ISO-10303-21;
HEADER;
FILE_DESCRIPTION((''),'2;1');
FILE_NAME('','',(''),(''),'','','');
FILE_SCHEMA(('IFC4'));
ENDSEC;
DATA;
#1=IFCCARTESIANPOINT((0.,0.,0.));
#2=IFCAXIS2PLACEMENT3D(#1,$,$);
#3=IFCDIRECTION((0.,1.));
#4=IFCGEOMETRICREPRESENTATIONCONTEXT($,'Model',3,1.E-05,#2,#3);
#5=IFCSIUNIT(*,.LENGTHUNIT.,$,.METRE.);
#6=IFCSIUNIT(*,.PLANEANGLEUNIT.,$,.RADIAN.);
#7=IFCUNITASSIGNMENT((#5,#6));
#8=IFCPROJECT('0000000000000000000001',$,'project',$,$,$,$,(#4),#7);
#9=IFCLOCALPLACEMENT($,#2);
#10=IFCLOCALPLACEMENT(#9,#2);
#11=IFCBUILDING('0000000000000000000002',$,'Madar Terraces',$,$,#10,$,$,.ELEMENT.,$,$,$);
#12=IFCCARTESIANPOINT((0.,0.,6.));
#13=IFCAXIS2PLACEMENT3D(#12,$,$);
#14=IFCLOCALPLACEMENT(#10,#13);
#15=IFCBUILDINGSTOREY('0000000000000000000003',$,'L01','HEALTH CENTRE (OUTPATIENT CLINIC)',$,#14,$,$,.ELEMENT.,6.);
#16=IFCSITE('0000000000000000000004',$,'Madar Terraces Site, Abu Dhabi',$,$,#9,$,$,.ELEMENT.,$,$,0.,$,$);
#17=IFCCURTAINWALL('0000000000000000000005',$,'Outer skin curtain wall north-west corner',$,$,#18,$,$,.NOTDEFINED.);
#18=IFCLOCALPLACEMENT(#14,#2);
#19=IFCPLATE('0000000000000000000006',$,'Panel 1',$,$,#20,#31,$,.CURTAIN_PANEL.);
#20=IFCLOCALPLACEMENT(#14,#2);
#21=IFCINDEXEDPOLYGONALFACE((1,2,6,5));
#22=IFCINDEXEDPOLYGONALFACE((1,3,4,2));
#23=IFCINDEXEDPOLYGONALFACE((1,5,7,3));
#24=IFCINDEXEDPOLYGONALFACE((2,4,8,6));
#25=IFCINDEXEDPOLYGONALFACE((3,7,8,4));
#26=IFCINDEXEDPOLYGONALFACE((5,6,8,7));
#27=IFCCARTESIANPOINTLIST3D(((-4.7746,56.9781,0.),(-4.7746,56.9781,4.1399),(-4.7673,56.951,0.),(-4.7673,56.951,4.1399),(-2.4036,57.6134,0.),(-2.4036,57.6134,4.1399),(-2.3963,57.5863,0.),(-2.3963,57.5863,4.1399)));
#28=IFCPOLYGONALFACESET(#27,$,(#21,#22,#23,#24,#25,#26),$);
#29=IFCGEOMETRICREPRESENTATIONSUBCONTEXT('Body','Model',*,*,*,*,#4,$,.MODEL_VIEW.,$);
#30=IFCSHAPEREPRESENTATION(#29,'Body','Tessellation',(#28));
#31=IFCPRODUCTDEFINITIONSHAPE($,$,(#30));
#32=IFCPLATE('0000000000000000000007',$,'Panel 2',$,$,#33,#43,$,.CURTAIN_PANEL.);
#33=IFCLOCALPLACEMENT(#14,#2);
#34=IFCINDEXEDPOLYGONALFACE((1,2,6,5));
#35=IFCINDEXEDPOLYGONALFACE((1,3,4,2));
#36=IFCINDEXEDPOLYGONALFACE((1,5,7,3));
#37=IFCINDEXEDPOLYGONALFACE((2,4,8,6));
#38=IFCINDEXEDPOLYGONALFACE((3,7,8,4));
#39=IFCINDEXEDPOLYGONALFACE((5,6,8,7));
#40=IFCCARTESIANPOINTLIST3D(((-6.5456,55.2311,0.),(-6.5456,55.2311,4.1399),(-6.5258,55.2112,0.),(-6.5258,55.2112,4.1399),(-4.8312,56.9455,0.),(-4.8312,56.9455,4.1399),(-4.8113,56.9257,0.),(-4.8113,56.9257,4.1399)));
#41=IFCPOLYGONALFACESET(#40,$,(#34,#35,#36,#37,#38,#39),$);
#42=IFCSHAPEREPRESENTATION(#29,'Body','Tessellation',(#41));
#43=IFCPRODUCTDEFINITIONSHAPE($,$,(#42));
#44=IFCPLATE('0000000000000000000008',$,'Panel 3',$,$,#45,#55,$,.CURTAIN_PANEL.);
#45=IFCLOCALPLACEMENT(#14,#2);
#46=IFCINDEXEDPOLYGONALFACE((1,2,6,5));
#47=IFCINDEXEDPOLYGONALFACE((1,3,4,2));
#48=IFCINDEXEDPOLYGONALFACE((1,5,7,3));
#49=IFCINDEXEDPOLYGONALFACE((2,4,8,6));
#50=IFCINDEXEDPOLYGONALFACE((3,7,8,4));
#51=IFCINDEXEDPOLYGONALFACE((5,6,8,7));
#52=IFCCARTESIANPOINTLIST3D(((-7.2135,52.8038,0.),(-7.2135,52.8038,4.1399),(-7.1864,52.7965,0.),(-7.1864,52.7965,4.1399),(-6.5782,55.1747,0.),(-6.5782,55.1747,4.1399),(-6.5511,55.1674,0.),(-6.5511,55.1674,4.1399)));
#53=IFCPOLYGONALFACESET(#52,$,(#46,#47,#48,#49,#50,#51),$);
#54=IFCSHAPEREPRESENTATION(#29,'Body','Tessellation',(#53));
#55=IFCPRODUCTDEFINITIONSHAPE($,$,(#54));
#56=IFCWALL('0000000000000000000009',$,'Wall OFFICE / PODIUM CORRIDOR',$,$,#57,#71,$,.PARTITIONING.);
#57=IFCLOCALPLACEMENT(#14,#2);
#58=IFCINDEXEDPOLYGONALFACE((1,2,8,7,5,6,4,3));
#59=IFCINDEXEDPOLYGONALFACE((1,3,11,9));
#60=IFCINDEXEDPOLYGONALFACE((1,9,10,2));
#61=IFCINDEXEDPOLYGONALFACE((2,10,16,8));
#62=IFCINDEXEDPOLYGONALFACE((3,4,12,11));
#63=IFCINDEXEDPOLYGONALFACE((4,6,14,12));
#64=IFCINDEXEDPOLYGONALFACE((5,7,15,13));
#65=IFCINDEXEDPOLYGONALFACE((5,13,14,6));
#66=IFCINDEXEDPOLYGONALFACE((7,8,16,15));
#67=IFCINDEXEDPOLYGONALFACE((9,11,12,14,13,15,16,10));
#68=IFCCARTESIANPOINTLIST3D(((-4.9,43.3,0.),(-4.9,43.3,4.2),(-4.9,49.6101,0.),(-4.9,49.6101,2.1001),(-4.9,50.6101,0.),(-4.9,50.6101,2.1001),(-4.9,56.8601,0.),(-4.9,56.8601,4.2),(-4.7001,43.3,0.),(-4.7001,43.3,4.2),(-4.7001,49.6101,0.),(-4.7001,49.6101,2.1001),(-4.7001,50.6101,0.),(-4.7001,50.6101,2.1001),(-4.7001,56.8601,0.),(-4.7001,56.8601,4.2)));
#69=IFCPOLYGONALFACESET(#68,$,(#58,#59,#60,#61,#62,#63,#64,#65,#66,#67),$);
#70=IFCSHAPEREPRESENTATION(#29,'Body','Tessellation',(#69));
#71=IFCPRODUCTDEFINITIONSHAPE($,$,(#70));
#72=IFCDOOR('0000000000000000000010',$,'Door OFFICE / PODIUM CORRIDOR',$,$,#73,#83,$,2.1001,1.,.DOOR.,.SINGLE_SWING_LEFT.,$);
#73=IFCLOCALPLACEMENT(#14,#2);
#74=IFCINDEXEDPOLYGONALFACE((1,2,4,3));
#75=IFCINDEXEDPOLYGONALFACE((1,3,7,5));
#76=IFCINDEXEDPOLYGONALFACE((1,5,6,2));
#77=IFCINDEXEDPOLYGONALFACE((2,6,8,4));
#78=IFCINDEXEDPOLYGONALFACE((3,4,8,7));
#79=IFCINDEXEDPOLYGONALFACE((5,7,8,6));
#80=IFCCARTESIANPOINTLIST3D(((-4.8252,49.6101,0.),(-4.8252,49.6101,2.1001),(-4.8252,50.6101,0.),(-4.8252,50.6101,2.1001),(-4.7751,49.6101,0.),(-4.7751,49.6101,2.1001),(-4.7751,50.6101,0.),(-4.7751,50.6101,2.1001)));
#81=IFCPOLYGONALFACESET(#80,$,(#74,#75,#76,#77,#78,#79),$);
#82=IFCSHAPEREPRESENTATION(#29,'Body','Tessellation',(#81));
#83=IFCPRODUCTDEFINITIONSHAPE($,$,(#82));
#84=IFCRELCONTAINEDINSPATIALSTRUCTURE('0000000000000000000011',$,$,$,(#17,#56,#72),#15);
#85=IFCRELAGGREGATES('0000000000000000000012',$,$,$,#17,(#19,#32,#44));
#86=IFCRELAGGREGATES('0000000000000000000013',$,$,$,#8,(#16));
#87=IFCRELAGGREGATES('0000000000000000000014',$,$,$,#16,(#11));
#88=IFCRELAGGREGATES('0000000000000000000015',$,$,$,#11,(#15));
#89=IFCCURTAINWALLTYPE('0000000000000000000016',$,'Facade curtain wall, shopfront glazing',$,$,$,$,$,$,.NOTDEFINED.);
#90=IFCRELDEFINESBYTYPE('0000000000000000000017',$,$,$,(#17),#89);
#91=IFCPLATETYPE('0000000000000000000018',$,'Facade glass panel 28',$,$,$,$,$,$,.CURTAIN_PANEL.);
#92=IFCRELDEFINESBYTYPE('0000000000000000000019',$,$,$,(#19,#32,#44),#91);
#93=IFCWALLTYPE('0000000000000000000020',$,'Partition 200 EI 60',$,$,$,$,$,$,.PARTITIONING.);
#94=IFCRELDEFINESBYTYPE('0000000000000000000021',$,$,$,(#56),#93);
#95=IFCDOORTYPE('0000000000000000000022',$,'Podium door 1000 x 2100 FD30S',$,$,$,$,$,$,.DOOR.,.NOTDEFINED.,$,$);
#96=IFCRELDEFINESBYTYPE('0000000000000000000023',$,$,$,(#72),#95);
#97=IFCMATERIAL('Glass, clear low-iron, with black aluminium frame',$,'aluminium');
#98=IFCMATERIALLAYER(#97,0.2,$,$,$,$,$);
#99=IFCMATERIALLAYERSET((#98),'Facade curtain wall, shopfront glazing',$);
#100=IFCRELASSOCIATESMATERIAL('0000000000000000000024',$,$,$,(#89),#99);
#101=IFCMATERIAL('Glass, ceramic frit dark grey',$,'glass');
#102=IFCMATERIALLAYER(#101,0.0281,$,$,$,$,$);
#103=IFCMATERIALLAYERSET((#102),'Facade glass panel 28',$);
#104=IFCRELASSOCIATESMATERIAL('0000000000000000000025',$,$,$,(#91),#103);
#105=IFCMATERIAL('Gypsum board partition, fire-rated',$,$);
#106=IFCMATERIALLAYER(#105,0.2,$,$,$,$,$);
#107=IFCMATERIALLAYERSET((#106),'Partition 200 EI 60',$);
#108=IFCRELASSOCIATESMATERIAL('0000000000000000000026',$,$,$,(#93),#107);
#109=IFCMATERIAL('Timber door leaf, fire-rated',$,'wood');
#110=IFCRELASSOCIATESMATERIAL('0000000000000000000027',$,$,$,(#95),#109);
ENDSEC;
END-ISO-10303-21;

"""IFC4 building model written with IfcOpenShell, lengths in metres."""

from ifc_helpers import new_model, si_unit, direction, frame, frame_2d, origin, origin_2d, place, context, subcontext, project, spatial, rectangle, extrude, material, layer, layer_set, type_object, element, fill, aggregate, save


model = new_model("IFC4")

# Units and contexts
model_context = context("Model", 3, precision=1e-05, world=origin(), true_north=direction((0.0, 1.0)))
body_context = subcontext(model_context, "Body", "Model", "MODEL_VIEW")
ifc_project = project(units=[si_unit("LENGTHUNIT", "METRE"), si_unit("PLANEANGLEUNIT", "RADIAN")], contexts=[model_context])

# Site, building, storey
site_placement = place(None, origin())
site = spatial("IfcSite", under=ifc_project, at=site_placement, Name="Madar Terraces Site, Abu Dhabi", CompositionType="ELEMENT", RefElevation=0.0)
building_placement = place(site_placement, origin())
building = spatial("IfcBuilding", under=site, at=building_placement, Name="Madar Terraces", CompositionType="ELEMENT")
storey_placement = place(building_placement, frame((0.0, 0.0, 6.0)))
storey = spatial("IfcBuildingStorey", under=building, at=storey_placement, Name="L01", Description="HEALTH CENTRE (OUTPATIENT CLINIC)", CompositionType="ELEMENT", Elevation=6.0)

# Shared definitions
ifc_material_1 = material(Name="Glass, clear low-iron, with black aluminium frame", Category="aluminium")
ifc_layer_1 = layer(ifc_material_1, 0.2)
ifc_layer_set_1 = layer_set([ifc_layer_1], Name="Facade curtain wall, shopfront glazing")
curtain_wall_type = type_object("IfcCurtainWallType", Name="Facade curtain wall, shopfront glazing", PredefinedType="NOTDEFINED", material=ifc_layer_set_1)

# Curtain wall
curtain_wall_1_placement = place(storey_placement, origin())
curtain_wall_1 = element("IfcCurtainWall", 1, at=curtain_wall_1_placement, inside=storey, type_object=curtain_wall_type, Name="Outer skin curtain wall north-west corner", PredefinedType="NOTDEFINED")

# Plates
ifc_material_2 = material(Name="Glass, ceramic frit dark grey", Category="glass")
ifc_layer_2 = layer(ifc_material_2, 0.0281)
ifc_layer_set_2 = layer_set([ifc_layer_2], Name="Facade glass panel 28")
plate_type = type_object("IfcPlateType", Name="Facade glass panel 28", PredefinedType="CURTAIN_PANEL", material=ifc_layer_set_2)
plate_1_placement = place(storey_placement, frame((-3.5854, 57.2822, 0.0), z_axis=(0.0, 0.0, 1.0), x_axis=(-0.965926, -0.258819, 0.0)))
plate_1 = element("IfcPlate", 2, at=plate_1_placement, type_object=plate_type, Name="Panel 1", PredefinedType="CURTAIN_PANEL", context=body_context, shape_type="SweptSolid", body=[
    extrude(rectangle(XDim=2.4546, YDim=0.0281, at=origin_2d()), origin(), (0.0, 0.0, 1.0), 4.1399),
])
plate_2_placement = place(storey_placement, frame((-5.6785, 56.0784, 0.0), z_axis=(0.0, 0.0, 1.0), x_axis=(-0.707107, -0.707107, 0.0)))
plate_2 = element("IfcPlate", 3, at=plate_2_placement, type_object=plate_type, Name="Panel 2", PredefinedType="CURTAIN_PANEL", context=body_context, shape_type="SweptSolid", body=[
    extrude(rectangle(XDim=2.4246, YDim=0.0281, at=origin_2d()), origin(), (0.0, 0.0, 1.0), 4.1399),
])
plate_3_placement = place(storey_placement, frame((-6.8823, 53.9856, 0.0), z_axis=(0.0, 0.0, 1.0), x_axis=(-0.258819, -0.965926, 0.0)))
plate_3 = element("IfcPlate", 4, at=plate_3_placement, type_object=plate_type, Name="Panel 3", PredefinedType="CURTAIN_PANEL", context=body_context, shape_type="SweptSolid", body=[
    extrude(rectangle(XDim=2.4546, YDim=0.0281, at=origin_2d()), origin(), (0.0, 0.0, 1.0), 4.1399),
])
aggregate(curtain_wall_1, [plate_1, plate_2, plate_3])

# Wall, opening, door
ifc_material_3 = material(Name="Gypsum board partition, fire-rated")
ifc_layer_3 = layer(ifc_material_3, 0.2)
ifc_layer_set_3 = layer_set([ifc_layer_3], Name="Partition 200 EI 60")
wall_type = type_object("IfcWallType", Name="Partition 200 EI 60", PredefinedType="PARTITIONING", material=ifc_layer_set_3)
wall_placement = place(storey_placement, frame((-4.8, 56.8601, 0.0), z_axis=(0.0, 0.0, 1.0), x_axis=(0.0, -1.0, 0.0)))
wall = element("IfcWall", 5, at=wall_placement, inside=storey, type_object=wall_type, Name="Wall OFFICE / PODIUM CORRIDOR", PredefinedType="PARTITIONING", context=body_context, shape_type="SweptSolid", body=[
    extrude(rectangle(XDim=13.5601, YDim=0.2, at=frame_2d((6.78, 0.0))), origin(), (0.0, 0.0, 1.0), 4.2),
])
opening_placement = place(wall_placement, frame((6.25, 0.0, 0.0)))
opening = element("IfcOpeningElement", 6, at=opening_placement, cuts=wall, PredefinedType="OPENING", context=body_context, shape_type="SweptSolid", body=[
    extrude(rectangle(XDim=1.0, YDim=2.1001, at=frame_2d((0.5, 1.05))), frame((0.0, 0.1099, 0.0), z_axis=(0.0, -1.0, 0.0), x_axis=(1.0, 0.0, 0.0)), (0.0, 0.0, 1.0), 0.22),
])
ifc_material_4 = material(Name="Timber door leaf, fire-rated", Category="wood")
door_type = type_object("IfcDoorType", Name="Podium door 1000 x 2100 FD30S", OperationType="NOTDEFINED", PredefinedType="DOOR", material=ifc_material_4)
door_placement = place(opening_placement, origin())
door = element("IfcDoor", 7, at=door_placement, inside=storey, type_object=door_type, Name="Door OFFICE / PODIUM CORRIDOR", OperationType="SINGLE_SWING_LEFT", OverallHeight=2.1001, OverallWidth=1.0, PredefinedType="DOOR", context=body_context, shape_type="SweptSolid", body=[
    extrude(rectangle(XDim=1.0, YDim=2.1001, at=frame_2d((0.5, 1.05))), frame((0.0, 0.0249, 0.0), z_axis=(0.0, -1.0, 0.0), x_axis=(1.0, 0.0, 0.0)), (0.0, 0.0, 1.0), 0.05),
])
fill(opening, door)

save(model, "model.ifc")
